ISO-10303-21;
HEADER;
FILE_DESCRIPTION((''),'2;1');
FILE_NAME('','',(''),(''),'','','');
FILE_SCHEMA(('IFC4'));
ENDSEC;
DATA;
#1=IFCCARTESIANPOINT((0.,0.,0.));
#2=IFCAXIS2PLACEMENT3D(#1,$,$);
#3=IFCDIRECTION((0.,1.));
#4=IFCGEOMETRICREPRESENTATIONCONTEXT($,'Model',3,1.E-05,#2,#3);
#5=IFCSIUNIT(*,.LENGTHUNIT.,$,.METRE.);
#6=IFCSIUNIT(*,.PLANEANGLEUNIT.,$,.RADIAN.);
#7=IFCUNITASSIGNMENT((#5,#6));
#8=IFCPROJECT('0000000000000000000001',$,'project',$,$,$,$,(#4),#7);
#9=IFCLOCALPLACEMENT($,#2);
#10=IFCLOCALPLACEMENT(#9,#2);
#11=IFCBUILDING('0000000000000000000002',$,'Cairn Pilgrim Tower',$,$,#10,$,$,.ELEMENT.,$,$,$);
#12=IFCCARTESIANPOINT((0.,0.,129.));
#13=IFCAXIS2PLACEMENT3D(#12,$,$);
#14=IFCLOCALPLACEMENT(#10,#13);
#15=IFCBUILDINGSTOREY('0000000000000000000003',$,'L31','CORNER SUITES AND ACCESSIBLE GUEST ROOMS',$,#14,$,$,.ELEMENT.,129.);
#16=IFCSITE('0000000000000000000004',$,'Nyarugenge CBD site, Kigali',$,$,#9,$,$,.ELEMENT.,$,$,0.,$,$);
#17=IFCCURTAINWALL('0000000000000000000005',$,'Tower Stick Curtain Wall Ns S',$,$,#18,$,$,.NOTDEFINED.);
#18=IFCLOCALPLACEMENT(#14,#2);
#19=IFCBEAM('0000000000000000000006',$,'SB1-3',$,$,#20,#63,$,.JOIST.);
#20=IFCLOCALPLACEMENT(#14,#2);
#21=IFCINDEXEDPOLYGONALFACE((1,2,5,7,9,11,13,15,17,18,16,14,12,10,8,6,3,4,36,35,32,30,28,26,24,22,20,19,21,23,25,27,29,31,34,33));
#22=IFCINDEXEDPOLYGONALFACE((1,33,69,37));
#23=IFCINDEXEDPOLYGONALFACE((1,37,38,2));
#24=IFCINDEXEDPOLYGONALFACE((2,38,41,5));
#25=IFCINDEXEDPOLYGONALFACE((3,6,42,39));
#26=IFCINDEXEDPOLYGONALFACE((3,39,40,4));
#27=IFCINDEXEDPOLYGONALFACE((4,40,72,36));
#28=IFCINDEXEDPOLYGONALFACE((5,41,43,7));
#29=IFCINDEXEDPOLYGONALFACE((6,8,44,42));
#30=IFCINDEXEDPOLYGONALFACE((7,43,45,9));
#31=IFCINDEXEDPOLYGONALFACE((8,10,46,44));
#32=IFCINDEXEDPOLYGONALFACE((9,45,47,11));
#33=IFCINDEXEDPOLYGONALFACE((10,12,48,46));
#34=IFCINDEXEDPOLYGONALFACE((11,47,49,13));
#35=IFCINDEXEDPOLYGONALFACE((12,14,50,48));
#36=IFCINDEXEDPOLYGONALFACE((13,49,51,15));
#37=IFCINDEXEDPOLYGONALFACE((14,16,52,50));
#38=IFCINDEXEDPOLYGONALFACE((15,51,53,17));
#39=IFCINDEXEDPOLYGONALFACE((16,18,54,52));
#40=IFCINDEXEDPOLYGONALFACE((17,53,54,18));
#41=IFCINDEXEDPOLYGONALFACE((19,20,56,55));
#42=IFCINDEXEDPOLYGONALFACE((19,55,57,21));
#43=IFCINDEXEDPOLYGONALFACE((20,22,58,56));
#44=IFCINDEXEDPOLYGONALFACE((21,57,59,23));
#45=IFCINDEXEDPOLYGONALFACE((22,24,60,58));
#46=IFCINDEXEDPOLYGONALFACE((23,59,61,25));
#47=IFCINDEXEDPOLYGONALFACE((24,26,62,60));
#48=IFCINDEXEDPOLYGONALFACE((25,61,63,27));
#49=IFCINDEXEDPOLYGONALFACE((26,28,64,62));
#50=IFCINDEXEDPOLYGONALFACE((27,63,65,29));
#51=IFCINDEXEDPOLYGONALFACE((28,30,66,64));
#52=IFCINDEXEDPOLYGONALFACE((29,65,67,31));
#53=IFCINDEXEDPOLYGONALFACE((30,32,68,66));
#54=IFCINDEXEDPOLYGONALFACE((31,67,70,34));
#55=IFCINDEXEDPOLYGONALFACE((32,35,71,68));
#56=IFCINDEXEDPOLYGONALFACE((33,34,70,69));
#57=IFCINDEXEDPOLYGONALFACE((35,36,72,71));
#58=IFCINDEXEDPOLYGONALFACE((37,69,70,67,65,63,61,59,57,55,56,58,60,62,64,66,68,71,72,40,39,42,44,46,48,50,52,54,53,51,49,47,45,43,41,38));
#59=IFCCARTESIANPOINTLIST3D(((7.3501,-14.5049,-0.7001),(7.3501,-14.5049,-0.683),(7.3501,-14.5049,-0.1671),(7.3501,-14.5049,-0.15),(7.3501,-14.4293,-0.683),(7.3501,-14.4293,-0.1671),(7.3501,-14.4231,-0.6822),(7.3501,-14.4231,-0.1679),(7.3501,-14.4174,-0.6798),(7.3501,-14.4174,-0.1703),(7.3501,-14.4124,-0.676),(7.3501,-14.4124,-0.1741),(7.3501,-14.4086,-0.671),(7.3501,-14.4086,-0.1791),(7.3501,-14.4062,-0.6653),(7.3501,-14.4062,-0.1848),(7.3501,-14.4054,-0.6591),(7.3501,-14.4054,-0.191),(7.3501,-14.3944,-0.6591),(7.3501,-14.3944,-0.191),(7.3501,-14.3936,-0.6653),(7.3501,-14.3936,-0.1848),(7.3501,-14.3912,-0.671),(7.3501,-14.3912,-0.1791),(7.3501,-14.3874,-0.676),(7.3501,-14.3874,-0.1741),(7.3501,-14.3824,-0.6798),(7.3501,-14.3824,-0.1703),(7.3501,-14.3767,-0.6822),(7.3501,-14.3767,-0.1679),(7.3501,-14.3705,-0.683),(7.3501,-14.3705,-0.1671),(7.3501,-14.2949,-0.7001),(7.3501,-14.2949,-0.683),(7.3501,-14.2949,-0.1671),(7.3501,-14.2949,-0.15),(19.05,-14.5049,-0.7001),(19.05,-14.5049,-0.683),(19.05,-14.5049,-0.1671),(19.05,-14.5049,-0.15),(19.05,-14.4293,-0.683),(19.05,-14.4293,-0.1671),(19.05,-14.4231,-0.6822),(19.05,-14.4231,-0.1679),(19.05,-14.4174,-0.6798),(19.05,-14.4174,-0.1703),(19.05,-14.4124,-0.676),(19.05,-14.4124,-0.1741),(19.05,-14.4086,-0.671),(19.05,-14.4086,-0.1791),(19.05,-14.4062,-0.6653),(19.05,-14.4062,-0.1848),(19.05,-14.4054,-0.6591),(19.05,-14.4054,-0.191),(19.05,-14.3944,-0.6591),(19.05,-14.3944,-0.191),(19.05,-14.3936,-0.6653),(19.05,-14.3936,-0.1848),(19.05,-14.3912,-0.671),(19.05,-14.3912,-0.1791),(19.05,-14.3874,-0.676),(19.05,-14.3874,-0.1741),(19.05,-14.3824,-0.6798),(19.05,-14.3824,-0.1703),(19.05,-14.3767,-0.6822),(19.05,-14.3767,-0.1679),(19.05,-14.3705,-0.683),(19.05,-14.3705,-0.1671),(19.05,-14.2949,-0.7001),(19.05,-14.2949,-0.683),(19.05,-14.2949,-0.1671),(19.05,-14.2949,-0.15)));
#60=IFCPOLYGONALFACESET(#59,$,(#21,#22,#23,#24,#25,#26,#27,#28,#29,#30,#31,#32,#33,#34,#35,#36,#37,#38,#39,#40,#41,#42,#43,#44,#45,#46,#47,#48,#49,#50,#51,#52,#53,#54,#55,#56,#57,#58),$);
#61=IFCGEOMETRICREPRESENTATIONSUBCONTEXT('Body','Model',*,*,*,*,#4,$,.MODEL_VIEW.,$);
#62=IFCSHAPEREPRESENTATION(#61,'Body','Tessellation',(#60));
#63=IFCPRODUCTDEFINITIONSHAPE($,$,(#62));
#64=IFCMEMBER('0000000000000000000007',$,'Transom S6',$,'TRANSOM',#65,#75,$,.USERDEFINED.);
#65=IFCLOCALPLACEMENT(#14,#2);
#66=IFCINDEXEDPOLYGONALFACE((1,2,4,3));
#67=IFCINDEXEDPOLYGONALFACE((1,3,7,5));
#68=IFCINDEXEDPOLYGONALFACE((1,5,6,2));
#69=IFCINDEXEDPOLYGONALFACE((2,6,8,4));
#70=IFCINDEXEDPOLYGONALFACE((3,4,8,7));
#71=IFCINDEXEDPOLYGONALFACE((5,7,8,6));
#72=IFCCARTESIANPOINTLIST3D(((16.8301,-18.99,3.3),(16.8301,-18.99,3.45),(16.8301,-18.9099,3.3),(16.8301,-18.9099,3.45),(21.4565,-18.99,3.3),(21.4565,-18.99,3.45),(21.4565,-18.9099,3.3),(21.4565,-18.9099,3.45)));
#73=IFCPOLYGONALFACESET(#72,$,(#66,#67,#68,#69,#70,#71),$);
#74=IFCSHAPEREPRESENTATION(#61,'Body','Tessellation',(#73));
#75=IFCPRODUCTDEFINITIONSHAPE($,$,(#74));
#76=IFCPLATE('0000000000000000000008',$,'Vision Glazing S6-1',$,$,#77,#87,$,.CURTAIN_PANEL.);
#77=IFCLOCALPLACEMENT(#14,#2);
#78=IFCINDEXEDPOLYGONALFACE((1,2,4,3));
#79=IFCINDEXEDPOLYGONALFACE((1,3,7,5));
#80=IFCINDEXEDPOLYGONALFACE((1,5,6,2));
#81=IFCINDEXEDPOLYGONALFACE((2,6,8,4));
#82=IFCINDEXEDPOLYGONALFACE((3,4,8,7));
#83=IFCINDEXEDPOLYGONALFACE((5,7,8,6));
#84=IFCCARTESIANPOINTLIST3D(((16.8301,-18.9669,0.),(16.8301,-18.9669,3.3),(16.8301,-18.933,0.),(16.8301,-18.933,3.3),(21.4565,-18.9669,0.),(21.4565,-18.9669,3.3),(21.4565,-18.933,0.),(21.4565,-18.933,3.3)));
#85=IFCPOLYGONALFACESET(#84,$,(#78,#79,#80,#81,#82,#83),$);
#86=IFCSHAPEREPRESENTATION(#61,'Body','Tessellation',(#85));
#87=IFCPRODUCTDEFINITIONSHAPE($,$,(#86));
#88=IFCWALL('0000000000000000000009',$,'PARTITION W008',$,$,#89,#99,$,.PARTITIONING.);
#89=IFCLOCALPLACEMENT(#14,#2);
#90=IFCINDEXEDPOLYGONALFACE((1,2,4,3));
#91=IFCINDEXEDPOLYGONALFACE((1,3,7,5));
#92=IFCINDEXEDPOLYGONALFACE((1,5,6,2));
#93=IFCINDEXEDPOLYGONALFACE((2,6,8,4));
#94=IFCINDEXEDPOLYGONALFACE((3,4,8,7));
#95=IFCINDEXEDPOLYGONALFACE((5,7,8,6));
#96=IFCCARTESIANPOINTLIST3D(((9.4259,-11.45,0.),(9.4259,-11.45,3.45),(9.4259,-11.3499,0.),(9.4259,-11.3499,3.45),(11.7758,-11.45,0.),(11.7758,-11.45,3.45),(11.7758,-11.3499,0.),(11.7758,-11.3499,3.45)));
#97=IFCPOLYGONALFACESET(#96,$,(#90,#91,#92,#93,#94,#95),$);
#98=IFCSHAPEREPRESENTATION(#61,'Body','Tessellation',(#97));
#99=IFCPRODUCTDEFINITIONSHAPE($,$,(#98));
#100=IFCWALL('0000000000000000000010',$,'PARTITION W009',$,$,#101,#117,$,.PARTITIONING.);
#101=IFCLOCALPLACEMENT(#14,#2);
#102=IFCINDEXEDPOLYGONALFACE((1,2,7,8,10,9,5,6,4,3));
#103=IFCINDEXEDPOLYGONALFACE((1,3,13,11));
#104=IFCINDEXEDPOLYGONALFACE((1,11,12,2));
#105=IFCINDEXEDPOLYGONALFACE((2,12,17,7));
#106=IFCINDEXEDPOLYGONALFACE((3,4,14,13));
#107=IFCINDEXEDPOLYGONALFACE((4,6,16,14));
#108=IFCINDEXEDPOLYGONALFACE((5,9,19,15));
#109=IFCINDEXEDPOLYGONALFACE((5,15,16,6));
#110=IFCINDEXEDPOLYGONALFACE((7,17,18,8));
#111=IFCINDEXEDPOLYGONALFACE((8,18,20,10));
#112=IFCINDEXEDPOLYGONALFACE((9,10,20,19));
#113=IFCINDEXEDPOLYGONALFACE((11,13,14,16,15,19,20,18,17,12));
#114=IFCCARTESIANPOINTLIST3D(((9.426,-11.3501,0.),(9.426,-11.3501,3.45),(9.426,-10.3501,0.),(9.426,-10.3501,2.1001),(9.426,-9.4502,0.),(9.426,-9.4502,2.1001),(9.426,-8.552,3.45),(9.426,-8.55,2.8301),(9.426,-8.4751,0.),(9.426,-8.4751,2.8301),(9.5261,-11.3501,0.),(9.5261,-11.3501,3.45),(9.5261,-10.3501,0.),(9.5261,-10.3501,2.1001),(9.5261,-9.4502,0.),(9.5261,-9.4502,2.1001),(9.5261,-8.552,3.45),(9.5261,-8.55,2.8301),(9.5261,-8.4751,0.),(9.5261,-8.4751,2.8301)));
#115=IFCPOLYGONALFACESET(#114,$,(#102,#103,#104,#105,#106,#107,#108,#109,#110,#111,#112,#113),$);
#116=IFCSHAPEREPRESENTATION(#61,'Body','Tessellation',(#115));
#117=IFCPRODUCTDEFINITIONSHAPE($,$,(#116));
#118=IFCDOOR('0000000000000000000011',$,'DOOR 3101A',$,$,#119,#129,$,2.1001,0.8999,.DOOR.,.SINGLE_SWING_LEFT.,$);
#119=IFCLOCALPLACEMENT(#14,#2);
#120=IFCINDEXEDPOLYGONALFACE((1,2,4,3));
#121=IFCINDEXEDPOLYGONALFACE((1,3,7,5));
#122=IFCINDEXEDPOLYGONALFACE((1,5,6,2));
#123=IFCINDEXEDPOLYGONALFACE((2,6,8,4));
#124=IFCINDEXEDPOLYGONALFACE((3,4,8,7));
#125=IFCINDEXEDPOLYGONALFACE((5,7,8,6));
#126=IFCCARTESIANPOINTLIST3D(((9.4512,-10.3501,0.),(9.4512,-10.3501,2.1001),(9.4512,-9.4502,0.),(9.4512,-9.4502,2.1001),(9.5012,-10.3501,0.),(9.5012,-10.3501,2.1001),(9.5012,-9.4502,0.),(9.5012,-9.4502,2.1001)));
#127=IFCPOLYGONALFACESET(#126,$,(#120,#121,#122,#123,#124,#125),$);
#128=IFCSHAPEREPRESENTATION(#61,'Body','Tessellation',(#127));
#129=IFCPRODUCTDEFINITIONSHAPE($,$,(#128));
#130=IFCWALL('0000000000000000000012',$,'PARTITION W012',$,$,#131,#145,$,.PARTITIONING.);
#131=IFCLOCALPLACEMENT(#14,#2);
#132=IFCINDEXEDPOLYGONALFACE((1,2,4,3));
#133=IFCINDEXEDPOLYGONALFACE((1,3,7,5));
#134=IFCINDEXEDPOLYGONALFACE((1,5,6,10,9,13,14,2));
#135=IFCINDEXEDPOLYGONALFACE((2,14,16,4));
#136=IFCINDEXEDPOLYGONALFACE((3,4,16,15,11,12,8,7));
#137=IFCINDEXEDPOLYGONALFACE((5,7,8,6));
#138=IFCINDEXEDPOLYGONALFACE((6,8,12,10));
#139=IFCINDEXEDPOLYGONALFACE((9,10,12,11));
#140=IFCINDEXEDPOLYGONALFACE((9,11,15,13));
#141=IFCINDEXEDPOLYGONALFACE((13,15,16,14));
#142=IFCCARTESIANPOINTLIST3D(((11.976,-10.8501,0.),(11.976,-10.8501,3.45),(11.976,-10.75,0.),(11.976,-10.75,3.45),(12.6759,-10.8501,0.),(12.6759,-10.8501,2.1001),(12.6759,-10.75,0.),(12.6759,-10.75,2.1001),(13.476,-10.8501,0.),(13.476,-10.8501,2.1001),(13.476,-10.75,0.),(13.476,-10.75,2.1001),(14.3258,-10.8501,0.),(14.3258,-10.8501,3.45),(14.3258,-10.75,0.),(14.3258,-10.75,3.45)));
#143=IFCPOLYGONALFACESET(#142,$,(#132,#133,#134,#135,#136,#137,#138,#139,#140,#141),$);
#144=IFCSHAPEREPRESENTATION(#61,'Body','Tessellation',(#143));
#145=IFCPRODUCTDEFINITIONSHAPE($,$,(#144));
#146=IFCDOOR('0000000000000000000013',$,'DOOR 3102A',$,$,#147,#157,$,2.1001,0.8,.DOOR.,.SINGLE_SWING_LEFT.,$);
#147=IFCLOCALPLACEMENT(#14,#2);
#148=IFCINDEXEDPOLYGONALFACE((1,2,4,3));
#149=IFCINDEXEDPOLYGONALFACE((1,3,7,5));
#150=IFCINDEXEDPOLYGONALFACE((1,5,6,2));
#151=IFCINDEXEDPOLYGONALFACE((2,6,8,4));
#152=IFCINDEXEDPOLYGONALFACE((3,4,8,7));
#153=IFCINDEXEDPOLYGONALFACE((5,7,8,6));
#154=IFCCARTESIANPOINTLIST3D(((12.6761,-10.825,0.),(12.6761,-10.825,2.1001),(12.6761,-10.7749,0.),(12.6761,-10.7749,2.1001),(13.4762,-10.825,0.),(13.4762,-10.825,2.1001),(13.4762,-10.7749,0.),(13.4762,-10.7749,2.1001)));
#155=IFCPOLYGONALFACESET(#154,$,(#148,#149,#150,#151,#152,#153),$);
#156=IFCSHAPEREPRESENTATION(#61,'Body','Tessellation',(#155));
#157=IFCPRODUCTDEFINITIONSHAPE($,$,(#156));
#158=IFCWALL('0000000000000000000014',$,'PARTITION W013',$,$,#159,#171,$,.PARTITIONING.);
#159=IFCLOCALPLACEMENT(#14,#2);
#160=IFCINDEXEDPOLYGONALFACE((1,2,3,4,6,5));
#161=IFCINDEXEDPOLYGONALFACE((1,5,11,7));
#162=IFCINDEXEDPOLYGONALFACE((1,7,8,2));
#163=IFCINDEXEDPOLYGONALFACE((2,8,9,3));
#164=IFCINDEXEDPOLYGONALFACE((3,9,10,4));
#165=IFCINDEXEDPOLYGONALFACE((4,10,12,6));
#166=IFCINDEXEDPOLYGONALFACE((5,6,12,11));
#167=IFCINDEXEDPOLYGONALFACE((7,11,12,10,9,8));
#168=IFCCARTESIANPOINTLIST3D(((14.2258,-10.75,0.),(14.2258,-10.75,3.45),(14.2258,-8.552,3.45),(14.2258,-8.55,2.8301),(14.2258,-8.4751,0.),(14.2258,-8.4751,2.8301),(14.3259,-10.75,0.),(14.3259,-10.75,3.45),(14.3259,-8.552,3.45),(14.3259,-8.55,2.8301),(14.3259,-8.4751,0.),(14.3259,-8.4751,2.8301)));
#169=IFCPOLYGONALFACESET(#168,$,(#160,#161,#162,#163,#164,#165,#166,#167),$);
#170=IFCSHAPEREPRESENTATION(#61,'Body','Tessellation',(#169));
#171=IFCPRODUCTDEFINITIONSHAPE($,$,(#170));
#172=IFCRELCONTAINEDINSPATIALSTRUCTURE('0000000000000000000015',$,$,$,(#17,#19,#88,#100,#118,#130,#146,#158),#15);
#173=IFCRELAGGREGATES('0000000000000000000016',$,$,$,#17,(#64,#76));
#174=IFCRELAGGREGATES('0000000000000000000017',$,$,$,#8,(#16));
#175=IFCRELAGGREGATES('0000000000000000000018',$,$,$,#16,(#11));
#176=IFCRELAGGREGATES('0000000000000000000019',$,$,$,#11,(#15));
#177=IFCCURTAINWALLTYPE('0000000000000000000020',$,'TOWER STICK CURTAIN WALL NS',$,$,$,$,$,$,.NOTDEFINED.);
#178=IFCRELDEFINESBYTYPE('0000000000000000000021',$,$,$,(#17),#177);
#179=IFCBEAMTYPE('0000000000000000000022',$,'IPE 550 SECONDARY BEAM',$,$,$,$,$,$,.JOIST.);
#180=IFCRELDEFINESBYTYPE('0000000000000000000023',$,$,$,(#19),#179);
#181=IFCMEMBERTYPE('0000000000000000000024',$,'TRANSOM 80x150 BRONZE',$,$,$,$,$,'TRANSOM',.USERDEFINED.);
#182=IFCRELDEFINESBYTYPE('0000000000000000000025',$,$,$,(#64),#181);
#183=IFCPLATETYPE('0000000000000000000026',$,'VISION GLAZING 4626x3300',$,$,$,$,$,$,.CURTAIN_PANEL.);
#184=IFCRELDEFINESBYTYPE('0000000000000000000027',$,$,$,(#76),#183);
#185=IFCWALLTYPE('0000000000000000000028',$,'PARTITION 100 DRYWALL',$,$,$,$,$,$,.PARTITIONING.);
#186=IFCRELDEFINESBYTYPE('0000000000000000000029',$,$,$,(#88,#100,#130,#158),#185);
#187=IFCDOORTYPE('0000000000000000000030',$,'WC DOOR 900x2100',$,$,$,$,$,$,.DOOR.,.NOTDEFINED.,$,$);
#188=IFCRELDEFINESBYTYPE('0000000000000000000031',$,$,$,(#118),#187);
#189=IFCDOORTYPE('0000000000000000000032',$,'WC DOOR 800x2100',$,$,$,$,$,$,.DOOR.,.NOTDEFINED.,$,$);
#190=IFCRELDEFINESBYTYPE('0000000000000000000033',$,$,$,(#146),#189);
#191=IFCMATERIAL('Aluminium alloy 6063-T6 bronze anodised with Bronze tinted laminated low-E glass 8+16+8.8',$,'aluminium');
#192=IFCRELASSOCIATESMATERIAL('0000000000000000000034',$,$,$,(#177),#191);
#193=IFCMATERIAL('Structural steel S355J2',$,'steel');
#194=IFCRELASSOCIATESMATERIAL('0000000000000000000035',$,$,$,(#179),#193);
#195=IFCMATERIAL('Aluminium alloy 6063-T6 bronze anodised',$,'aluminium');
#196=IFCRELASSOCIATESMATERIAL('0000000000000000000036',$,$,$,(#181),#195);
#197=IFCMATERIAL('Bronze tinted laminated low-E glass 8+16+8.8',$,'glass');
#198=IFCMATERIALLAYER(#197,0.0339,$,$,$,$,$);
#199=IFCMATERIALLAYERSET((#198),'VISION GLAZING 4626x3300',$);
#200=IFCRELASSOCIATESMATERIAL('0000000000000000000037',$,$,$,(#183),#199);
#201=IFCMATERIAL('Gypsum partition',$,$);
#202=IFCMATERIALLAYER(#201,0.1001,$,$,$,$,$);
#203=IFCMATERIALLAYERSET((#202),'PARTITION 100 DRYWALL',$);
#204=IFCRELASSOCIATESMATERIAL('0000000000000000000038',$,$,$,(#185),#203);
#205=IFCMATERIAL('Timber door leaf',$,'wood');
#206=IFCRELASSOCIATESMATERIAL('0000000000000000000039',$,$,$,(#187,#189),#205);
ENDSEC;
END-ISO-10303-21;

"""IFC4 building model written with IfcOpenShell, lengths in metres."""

from ifc_helpers import new_model, si_unit, direction, frame, frame_2d, origin, origin_2d, place, context, subcontext, project, spatial, polyline, rectangle, i_section, outline, extrude, material, layer, layer_set, material_profile, profile_set, type_object, element, fill, aggregate, save


model = new_model("IFC4")

# Units and contexts
model_context = context("Model", 3, precision=1e-05, world=origin(), true_north=direction((0.0, 1.0)))
body_context = subcontext(model_context, "Body", "Model", "MODEL_VIEW")
ifc_project = project(units=[si_unit("LENGTHUNIT", "METRE"), si_unit("PLANEANGLEUNIT", "RADIAN")], contexts=[model_context])

# Site, building, storey
site_placement = place(None, origin())
site = spatial("IfcSite", under=ifc_project, at=site_placement, Name="Nyarugenge CBD site, Kigali", CompositionType="ELEMENT", RefElevation=0.0)
building_placement = place(site_placement, origin())
building = spatial("IfcBuilding", under=site, at=building_placement, Name="Cairn Pilgrim Tower", CompositionType="ELEMENT")
storey_placement = place(building_placement, frame((0.0, 0.0, 129.0)))
storey = spatial("IfcBuildingStorey", under=building, at=storey_placement, Name="L31", Description="CORNER SUITES AND ACCESSIBLE GUEST ROOMS", CompositionType="ELEMENT", Elevation=129.0)

# Curtain wall
ifc_material_1 = material(Name="Aluminium alloy 6063-T6 bronze anodised with Bronze tinted laminated low-E glass 8+16+8.8", Category="aluminium")
curtain_wall_type = type_object("IfcCurtainWallType", Name="TOWER STICK CURTAIN WALL NS", PredefinedType="NOTDEFINED", material=ifc_material_1)
curtain_wall_placement = place(storey_placement, origin())
curtain_wall = element("IfcCurtainWall", 1, at=curtain_wall_placement, inside=storey, type_object=curtain_wall_type, Name="Tower Stick Curtain Wall Ns S", PredefinedType="NOTDEFINED")
ifc_material_2 = material(Name="Aluminium alloy 6063-T6 bronze anodised", Category="aluminium")

# Beam
ifc_material_3 = material(Name="Structural steel S355J2", Category="steel")
ifc_material_profile_1 = material_profile(ifc_material_3, i_section(OverallWidth=0.21, OverallDepth=0.55, WebThickness=0.011, FlangeThickness=0.0171, FilletRadius=0.0239, at=origin_2d()), Name="IPE 550")
ifc_profile_set_1 = profile_set([ifc_material_profile_1], Name="Structural steel S355J2")
beam_type_1 = type_object("IfcBeamType", Name="IPE 550 SECONDARY BEAM", PredefinedType="JOIST", material=ifc_profile_set_1)
beam_1_placement = place(storey_placement, frame((7.3501, -14.3999, -0.425), z_axis=(1.0, 0.0, 0.0), x_axis=(0.0, 1.0, 0.0)))
element("IfcBeam", 2, at=beam_1_placement, inside=storey, type_object=beam_type_1, Name="SB1-3", PredefinedType="JOIST", context=body_context, shape_type="SweptSolid", body=[
    extrude(i_section(OverallWidth=0.21, OverallDepth=0.55, WebThickness=0.011, FlangeThickness=0.0171, FilletRadius=0.0239, at=origin_2d()), origin(), (0.0, 0.0, 1.0), 11.7),
])

# Member
ifc_material_profile_2 = material_profile(ifc_material_2, rectangle(XDim=0.0801, YDim=0.1499, at=origin_2d()), Name="TRANSOM 80x150 BRONZE")
ifc_profile_set_2 = profile_set([ifc_material_profile_2], Name="Aluminium alloy 6063-T6 bronze anodised")
member_type_1 = type_object("IfcMemberType", Name="TRANSOM 80x150 BRONZE", ElementType="TRANSOM", PredefinedType="USERDEFINED", material=ifc_profile_set_2)
member_1_placement = place(storey_placement, frame((16.8301, -18.95, 3.375), z_axis=(1.0, 0.0, 0.0), x_axis=(0.0, 1.0, 0.0)))
member_1 = element("IfcMember", 3, at=member_1_placement, type_object=member_type_1, Name="Transom S6", ObjectType="TRANSOM", PredefinedType="USERDEFINED", context=body_context, shape_type="SweptSolid", body=[
    extrude(rectangle(XDim=0.0801, YDim=0.1499, at=origin_2d()), origin(), (0.0, 0.0, 1.0), 4.6265),
])

# Plate
ifc_material_4 = material(Name="Bronze tinted laminated low-E glass 8+16+8.8", Category="glass")
ifc_layer_1 = layer(ifc_material_4, 0.0339)
ifc_layer_set_1 = layer_set([ifc_layer_1], Name="VISION GLAZING 4626x3300")
plate_type = type_object("IfcPlateType", Name="VISION GLAZING 4626x3300", PredefinedType="CURTAIN_PANEL", material=ifc_layer_set_1)
plate_placement = place(storey_placement, frame((19.1433, -18.95, 0.0), z_axis=(0.0, 0.0, 1.0), x_axis=(1.0, 0.0, 0.0)))
plate = element("IfcPlate", 4, at=plate_placement, type_object=plate_type, Name="Vision Glazing S6-1", PredefinedType="CURTAIN_PANEL", context=body_context, shape_type="SweptSolid", body=[
    extrude(rectangle(XDim=4.6265, YDim=0.0339, at=origin_2d()), origin(), (0.0, 0.0, 1.0), 3.3),
])
aggregate(curtain_wall, [member_1, plate])

# Wall
ifc_material_5 = material(Name="Gypsum partition")
ifc_layer_2 = layer(ifc_material_5, 0.1001)
ifc_layer_set_2 = layer_set([ifc_layer_2], Name="PARTITION 100 DRYWALL")
wall_type_1 = type_object("IfcWallType", Name="PARTITION 100 DRYWALL", PredefinedType="PARTITIONING", material=ifc_layer_set_2)
wall_1_placement = place(storey_placement, frame((9.426, -11.3999, 0.0), z_axis=(0.0, 0.0, 1.0), x_axis=(1.0, 0.0, 0.0)))
element("IfcWall", 5, at=wall_1_placement, inside=storey, type_object=wall_type_1, Name="PARTITION W008", PredefinedType="PARTITIONING", context=body_context, shape_type="SweptSolid", body=[
    extrude(rectangle(XDim=2.3499, YDim=0.1001, at=frame_2d((1.1748, 0.0))), origin(), (0.0, 0.0, 1.0), 3.45),
])

# Walls, openings, doors
wall_2_placement = place(storey_placement, frame((9.4761, -11.3501, 0.0), z_axis=(0.0, 0.0, 1.0), x_axis=(0.0, 1.0, 0.0)))
wall_2 = element("IfcWall", 6, at=wall_2_placement, inside=storey, type_object=wall_type_1, Name="PARTITION W009", PredefinedType="PARTITIONING", context=body_context, shape_type="SweptSolid", body=[
    extrude(outline(polyline([(0.0, 0.0), (2.875, 0.0), (2.875, 2.8301), (2.8, 2.8301), (2.7981, 3.45), (0.0, 3.45), (0.0, 0.0)])), frame((0.0, 0.05, 0.0), z_axis=(0.0, -1.0, 0.0), x_axis=(1.0, 0.0, 0.0)), (0.0, 0.0, 1.0), 0.1001),
])
opening_1_placement = place(wall_2_placement, frame((1.0, 0.0, 0.0)))
opening_1 = element("IfcOpeningElement", 7, at=opening_1_placement, cuts=wall_2, PredefinedType="OPENING", context=body_context, shape_type="SweptSolid", body=[
    extrude(rectangle(XDim=0.8999, YDim=2.1001, at=frame_2d((0.45, 1.05))), frame((0.0, 0.0601, 0.0), z_axis=(0.0, -1.0, 0.0), x_axis=(1.0, 0.0, 0.0)), (0.0, 0.0, 1.0), 0.1201),
])
ifc_material_6 = material(Name="Timber door leaf", Category="wood")
door_type_1 = type_object("IfcDoorType", Name="WC DOOR 900x2100", OperationType="NOTDEFINED", PredefinedType="DOOR", material=ifc_material_6)
door_1_placement = place(opening_1_placement, origin())
door_1 = element("IfcDoor", 8, at=door_1_placement, inside=storey, type_object=door_type_1, Name="DOOR 3101A", OperationType="SINGLE_SWING_LEFT", OverallHeight=2.1001, OverallWidth=0.8999, PredefinedType="DOOR", context=body_context, shape_type="SweptSolid", body=[
    extrude(rectangle(XDim=0.8999, YDim=2.1001, at=frame_2d((0.45, 1.05))), frame((0.0, 0.0249, 0.0), z_axis=(0.0, -1.0, 0.0), x_axis=(1.0, 0.0, 0.0)), (0.0, 0.0, 1.0), 0.05),
])
fill(opening_1, door_1)
wall_3_placement = place(storey_placement, frame((11.9761, -10.8, 0.0), z_axis=(0.0, 0.0, 1.0), x_axis=(1.0, 0.0, 0.0)))
wall_3 = element("IfcWall", 9, at=wall_3_placement, inside=storey, type_object=wall_type_1, Name="PARTITION W012", PredefinedType="PARTITIONING", context=body_context, shape_type="SweptSolid", body=[
    extrude(rectangle(XDim=2.3499, YDim=0.1001, at=frame_2d((1.1748, 0.0))), origin(), (0.0, 0.0, 1.0), 3.45),
])
opening_2_placement = place(wall_3_placement, frame((0.7, 0.0, 0.0)))
opening_2 = element("IfcOpeningElement", 10, at=opening_2_placement, cuts=wall_3, PredefinedType="OPENING", context=body_context, shape_type="SweptSolid", body=[
    extrude(rectangle(XDim=0.8, YDim=2.1001, at=frame_2d((0.3999, 1.05))), frame((0.0, 0.0601, 0.0), z_axis=(0.0, -1.0, 0.0), x_axis=(1.0, 0.0, 0.0)), (0.0, 0.0, 1.0), 0.1201),
])
door_type_2 = type_object("IfcDoorType", Name="WC DOOR 800x2100", OperationType="NOTDEFINED", PredefinedType="DOOR", material=ifc_material_6)
door_2_placement = place(opening_2_placement, frame((0.8, 0.0, 0.0), z_axis=(0.0, 0.0, 1.0), x_axis=(-1.0, 0.0, 0.0)))
door_2 = element("IfcDoor", 11, at=door_2_placement, inside=storey, type_object=door_type_2, Name="DOOR 3102A", OperationType="SINGLE_SWING_LEFT", OverallHeight=2.1001, OverallWidth=0.8, PredefinedType="DOOR", context=body_context, shape_type="SweptSolid", body=[
    extrude(rectangle(XDim=0.8, YDim=2.1001, at=frame_2d((0.3999, 1.05))), frame((0.0, 0.0249, 0.0), z_axis=(0.0, -1.0, 0.0), x_axis=(1.0, 0.0, 0.0)), (0.0, 0.0, 1.0), 0.05),
])
fill(opening_2, door_2)

# Wall
wall_4_placement = place(storey_placement, frame((14.2759, -10.75, 0.0), z_axis=(0.0, 0.0, 1.0), x_axis=(0.0, 1.0, 0.0)))
element("IfcWall", 12, at=wall_4_placement, inside=storey, type_object=wall_type_1, Name="PARTITION W013", PredefinedType="PARTITIONING", context=body_context, shape_type="SweptSolid", body=[
    extrude(outline(polyline([(0.0, 0.0), (2.2749, 0.0), (2.2749, 2.8301), (2.2, 2.8301), (2.198, 3.45), (0.0, 3.45), (0.0, 0.0)])), frame((0.0, 0.05, 0.0), z_axis=(0.0, -1.0, 0.0), x_axis=(1.0, 0.0, 0.0)), (0.0, 0.0, 1.0), 0.1001),
])

save(model, "model.ifc")
